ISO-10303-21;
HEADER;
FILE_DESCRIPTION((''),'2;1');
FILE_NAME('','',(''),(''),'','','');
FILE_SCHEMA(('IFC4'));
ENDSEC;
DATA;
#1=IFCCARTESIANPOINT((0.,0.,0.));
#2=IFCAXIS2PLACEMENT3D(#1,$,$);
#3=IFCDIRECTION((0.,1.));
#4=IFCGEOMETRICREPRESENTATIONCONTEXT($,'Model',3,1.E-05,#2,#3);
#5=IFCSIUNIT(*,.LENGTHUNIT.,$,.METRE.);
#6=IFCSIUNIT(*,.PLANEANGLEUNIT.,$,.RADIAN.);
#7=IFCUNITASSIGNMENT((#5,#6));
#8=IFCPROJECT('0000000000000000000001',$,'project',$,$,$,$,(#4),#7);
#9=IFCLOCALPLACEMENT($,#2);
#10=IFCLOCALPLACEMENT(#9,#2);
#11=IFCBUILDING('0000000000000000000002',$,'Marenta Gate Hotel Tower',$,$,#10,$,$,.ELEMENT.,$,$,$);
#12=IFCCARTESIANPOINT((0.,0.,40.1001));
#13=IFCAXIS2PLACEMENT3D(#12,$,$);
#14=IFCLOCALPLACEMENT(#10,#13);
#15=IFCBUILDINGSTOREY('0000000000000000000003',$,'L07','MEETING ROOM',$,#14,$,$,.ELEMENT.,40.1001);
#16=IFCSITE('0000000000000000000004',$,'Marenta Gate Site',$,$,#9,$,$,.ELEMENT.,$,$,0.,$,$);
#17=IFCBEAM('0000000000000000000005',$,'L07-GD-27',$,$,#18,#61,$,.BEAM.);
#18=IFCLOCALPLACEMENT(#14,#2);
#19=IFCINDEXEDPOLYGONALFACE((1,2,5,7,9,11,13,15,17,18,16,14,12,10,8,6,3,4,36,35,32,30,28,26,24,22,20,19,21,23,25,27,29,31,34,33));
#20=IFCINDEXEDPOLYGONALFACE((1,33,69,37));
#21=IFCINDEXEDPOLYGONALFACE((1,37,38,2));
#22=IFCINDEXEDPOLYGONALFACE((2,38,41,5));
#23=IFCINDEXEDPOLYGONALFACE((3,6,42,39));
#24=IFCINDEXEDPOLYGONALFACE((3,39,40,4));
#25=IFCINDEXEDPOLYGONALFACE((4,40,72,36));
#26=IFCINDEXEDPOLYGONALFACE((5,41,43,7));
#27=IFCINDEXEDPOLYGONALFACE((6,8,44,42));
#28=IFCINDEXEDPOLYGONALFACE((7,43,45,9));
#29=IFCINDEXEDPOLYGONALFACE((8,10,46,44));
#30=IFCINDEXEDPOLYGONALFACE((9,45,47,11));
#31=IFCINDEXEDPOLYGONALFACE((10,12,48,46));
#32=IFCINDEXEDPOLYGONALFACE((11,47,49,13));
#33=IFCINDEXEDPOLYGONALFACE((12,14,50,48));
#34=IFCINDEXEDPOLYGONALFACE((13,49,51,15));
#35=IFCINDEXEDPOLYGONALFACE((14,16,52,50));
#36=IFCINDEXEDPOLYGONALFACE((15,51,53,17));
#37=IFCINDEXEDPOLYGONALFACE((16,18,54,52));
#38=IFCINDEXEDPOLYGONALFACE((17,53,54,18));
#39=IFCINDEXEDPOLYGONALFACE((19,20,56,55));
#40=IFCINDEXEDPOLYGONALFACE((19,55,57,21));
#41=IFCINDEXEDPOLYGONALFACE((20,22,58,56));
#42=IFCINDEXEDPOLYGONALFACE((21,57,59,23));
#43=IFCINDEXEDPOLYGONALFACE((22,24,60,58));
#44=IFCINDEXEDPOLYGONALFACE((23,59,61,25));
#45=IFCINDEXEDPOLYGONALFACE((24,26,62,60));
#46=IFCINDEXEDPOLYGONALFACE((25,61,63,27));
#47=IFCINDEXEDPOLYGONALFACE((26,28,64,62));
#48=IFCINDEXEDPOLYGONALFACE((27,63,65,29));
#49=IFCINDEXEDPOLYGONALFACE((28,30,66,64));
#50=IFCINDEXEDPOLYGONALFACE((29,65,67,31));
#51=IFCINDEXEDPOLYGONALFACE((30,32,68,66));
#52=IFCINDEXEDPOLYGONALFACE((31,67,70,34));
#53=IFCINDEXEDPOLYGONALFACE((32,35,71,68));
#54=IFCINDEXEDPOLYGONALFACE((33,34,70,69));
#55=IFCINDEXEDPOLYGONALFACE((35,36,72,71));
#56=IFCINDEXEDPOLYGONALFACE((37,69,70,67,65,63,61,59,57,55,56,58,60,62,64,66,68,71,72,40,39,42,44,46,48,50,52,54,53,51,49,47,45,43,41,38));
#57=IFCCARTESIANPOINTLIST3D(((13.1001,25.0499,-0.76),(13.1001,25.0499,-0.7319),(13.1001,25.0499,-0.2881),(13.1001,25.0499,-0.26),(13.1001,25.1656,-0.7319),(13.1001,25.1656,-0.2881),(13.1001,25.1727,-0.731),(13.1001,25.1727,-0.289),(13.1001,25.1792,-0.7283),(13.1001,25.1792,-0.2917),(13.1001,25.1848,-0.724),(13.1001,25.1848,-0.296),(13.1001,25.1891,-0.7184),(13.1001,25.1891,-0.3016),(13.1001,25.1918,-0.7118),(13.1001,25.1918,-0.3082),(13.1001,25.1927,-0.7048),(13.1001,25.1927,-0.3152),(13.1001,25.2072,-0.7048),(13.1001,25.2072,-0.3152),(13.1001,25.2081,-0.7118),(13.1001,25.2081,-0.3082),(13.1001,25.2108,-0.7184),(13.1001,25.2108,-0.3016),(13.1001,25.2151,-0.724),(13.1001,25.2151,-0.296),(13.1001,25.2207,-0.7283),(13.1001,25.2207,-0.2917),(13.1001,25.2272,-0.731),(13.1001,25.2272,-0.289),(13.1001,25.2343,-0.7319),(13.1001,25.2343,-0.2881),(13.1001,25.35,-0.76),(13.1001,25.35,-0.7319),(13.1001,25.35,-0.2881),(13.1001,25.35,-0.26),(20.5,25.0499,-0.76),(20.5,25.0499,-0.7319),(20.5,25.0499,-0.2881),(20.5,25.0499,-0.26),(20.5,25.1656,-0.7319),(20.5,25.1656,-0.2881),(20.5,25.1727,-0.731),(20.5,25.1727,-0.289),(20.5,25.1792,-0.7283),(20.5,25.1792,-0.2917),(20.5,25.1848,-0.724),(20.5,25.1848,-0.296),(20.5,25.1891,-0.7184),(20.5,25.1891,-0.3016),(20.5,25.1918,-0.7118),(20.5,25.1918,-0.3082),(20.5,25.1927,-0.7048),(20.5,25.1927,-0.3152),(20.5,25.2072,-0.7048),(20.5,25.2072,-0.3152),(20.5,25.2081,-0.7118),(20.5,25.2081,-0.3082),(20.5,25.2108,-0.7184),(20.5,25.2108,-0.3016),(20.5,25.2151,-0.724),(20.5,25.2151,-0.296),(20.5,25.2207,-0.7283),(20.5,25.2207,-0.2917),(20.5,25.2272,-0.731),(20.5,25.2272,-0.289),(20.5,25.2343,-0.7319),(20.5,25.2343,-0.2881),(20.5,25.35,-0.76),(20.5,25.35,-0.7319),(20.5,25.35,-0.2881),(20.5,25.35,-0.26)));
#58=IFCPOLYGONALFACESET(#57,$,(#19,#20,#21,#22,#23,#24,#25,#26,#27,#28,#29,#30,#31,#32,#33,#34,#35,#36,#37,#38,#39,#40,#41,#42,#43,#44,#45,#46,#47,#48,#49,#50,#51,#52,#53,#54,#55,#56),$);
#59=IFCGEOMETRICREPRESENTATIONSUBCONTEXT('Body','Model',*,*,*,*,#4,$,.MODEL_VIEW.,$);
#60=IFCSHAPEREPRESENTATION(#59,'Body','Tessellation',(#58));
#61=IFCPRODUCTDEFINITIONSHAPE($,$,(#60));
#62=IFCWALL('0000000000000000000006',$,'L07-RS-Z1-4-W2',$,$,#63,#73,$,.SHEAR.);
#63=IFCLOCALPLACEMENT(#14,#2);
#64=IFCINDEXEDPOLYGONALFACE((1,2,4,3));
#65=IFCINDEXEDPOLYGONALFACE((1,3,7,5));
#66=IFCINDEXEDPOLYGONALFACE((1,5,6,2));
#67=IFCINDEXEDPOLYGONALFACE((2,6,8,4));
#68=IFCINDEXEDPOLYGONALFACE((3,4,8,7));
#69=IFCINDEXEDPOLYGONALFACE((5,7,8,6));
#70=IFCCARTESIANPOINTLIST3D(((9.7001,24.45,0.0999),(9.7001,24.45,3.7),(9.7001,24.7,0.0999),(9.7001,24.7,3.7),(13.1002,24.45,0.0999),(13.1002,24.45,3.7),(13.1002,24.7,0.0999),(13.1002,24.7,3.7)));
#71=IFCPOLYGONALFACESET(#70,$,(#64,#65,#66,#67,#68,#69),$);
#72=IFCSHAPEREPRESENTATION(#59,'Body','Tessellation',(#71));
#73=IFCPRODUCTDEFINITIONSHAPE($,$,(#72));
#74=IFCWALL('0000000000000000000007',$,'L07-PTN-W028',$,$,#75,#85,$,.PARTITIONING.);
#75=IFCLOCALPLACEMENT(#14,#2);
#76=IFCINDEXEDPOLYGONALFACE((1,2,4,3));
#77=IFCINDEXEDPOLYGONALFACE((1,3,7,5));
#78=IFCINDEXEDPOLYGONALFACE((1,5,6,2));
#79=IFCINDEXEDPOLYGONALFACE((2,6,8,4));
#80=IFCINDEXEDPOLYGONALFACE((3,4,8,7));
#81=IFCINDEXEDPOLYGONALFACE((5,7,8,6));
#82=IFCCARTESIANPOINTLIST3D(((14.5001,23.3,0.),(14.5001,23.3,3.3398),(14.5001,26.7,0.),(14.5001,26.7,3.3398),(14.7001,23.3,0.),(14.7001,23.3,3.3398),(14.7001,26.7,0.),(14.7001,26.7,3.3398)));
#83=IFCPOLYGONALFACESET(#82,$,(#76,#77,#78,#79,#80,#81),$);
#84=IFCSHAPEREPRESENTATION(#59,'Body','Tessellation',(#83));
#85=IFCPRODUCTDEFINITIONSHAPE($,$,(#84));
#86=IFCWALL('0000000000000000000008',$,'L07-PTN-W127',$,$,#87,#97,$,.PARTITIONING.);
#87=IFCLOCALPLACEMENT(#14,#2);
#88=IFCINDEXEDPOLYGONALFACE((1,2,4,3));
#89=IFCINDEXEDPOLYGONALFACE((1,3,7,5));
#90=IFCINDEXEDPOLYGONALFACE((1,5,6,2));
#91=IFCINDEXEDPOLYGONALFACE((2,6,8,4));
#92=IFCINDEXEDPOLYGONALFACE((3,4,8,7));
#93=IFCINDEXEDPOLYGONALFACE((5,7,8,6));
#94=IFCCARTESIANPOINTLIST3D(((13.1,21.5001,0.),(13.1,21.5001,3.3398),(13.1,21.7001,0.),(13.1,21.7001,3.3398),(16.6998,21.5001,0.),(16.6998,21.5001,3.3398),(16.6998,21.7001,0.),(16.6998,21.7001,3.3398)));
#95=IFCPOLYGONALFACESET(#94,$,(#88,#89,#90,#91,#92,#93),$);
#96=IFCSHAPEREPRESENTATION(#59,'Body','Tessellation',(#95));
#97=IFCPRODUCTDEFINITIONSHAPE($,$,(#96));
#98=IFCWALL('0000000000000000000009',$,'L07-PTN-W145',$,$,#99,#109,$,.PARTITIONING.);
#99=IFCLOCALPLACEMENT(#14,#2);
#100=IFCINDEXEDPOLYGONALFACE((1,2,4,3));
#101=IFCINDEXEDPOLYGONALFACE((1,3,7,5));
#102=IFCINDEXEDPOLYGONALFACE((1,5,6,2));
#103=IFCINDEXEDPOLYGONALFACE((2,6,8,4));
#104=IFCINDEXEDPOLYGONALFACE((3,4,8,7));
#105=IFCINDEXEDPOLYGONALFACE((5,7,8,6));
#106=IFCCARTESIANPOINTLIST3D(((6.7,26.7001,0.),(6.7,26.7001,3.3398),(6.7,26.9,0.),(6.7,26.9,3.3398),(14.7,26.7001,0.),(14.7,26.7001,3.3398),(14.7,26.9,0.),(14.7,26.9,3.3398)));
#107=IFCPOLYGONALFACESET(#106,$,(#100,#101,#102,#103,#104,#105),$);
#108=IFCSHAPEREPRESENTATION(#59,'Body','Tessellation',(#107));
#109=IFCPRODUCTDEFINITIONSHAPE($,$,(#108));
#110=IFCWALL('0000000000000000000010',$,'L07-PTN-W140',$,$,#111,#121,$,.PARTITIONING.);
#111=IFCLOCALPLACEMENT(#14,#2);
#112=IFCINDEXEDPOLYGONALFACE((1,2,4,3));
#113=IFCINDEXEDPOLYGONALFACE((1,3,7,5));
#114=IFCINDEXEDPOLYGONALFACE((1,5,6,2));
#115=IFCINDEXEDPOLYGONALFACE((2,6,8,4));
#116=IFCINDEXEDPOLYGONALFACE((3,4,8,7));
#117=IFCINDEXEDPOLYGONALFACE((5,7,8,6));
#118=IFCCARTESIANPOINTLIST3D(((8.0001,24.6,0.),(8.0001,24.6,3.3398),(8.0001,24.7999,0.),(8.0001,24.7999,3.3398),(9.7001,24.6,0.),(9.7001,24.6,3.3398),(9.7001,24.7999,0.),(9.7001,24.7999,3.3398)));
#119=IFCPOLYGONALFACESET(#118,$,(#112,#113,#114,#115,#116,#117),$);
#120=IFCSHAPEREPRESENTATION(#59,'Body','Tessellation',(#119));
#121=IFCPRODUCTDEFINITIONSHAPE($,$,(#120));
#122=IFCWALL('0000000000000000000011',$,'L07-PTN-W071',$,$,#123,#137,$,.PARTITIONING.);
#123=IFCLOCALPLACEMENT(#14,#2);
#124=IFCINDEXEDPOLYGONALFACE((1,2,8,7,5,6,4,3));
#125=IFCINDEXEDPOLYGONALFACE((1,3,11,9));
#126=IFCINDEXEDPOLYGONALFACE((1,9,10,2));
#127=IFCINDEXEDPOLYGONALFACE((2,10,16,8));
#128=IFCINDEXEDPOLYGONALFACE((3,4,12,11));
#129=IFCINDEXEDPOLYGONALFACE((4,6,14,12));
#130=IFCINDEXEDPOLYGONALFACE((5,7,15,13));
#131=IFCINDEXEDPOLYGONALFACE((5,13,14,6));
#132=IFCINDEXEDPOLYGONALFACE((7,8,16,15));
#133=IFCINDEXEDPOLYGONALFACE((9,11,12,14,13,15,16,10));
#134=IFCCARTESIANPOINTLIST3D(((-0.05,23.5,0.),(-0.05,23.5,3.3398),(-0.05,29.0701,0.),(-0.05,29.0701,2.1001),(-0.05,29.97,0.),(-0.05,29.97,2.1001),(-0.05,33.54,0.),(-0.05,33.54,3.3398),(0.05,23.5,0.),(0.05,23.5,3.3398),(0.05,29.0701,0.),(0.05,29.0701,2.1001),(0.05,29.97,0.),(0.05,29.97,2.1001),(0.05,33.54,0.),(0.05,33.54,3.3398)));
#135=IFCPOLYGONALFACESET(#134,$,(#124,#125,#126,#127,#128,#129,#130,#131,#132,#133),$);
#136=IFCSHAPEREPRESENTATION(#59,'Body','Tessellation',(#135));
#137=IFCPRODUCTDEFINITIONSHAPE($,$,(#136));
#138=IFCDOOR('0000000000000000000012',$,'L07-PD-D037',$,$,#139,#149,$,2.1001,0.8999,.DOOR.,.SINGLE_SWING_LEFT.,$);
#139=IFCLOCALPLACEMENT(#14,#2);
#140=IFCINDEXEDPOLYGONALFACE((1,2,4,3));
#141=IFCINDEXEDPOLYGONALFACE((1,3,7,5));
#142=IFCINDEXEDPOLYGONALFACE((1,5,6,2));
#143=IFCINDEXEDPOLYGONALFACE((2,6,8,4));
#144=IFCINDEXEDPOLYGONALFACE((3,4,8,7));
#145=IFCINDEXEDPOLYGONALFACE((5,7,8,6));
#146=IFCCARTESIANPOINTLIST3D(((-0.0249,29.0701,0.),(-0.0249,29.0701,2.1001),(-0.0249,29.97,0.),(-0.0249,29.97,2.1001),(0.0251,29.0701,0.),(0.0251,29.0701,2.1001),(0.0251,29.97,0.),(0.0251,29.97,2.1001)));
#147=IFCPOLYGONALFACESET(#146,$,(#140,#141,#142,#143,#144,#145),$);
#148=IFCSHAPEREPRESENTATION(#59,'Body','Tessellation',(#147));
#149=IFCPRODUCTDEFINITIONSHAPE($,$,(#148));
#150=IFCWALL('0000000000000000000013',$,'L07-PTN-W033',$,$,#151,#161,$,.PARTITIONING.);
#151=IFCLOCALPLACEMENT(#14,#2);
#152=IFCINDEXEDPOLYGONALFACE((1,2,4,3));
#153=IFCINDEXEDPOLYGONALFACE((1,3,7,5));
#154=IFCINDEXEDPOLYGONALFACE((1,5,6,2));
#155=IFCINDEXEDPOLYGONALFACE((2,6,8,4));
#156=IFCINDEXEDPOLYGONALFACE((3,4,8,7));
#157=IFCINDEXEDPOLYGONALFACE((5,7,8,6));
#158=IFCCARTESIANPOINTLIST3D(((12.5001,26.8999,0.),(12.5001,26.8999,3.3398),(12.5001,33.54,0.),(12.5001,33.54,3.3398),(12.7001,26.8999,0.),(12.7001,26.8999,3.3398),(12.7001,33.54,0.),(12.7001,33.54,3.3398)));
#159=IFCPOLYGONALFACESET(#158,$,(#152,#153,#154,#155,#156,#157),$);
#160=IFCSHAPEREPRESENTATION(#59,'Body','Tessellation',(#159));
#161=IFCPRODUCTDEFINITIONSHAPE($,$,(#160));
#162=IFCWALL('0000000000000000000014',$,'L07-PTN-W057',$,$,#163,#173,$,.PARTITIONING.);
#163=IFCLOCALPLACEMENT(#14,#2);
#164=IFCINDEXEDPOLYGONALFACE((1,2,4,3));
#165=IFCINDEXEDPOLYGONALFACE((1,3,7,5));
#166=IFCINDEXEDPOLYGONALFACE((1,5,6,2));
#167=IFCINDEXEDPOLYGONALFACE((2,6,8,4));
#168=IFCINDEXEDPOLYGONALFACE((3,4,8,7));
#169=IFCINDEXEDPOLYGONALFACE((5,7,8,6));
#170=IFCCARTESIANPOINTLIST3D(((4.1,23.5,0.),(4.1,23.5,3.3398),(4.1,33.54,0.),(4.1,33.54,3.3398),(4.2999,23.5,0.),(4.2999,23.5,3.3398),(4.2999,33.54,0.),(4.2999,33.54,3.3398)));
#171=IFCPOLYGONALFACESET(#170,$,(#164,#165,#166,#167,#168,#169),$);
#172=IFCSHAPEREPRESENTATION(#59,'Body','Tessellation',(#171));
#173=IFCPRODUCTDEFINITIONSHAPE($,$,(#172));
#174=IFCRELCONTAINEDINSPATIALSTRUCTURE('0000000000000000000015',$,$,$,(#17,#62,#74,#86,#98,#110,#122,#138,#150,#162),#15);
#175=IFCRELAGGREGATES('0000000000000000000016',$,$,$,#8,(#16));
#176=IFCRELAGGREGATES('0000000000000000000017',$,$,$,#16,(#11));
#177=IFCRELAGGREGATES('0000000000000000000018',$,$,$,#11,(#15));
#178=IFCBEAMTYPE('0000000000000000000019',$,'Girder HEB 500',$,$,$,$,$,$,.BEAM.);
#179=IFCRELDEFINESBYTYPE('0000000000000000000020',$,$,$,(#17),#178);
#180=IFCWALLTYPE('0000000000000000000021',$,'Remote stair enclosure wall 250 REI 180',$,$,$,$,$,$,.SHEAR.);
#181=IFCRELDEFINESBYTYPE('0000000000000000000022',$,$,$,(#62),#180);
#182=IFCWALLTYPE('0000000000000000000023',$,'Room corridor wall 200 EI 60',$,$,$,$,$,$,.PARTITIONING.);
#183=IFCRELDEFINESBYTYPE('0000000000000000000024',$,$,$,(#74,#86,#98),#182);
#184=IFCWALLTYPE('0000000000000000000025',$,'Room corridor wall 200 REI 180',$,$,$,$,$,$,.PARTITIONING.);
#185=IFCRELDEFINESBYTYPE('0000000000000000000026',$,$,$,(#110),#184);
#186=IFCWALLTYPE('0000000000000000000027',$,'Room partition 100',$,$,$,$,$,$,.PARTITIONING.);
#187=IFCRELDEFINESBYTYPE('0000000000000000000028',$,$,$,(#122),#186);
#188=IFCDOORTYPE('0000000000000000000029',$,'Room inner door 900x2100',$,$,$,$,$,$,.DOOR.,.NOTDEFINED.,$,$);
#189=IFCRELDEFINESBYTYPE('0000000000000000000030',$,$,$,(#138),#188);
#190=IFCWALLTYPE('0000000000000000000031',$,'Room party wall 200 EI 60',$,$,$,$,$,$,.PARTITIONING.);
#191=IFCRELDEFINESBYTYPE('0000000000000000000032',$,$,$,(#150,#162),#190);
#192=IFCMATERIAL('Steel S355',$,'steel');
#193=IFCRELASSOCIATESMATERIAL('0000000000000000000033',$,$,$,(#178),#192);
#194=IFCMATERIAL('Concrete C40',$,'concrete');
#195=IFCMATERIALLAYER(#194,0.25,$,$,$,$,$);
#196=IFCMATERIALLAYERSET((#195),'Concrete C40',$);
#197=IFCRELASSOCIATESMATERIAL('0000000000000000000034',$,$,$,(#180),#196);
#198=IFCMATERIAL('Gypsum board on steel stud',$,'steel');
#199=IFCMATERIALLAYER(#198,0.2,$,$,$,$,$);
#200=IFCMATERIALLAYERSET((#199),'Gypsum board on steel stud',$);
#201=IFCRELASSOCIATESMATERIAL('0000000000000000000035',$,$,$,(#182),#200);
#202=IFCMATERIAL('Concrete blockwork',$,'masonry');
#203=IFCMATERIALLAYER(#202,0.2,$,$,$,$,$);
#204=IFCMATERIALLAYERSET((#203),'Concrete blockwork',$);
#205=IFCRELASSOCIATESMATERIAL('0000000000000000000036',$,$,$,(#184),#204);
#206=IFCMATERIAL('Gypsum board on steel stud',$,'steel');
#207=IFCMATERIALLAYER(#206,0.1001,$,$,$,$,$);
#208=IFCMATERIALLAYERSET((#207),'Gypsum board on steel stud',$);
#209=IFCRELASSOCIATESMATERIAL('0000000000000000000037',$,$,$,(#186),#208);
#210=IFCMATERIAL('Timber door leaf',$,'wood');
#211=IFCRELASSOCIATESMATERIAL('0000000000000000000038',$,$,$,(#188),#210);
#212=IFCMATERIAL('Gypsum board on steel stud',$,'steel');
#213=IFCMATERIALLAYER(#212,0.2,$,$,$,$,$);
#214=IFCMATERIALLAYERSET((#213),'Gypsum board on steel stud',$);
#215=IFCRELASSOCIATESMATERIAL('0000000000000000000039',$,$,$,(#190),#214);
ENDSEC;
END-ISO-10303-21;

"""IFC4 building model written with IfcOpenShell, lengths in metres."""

from ifc_helpers import new_model, si_unit, direction, frame, frame_2d, origin, origin_2d, place, context, subcontext, project, spatial, rectangle, i_section, extrude, material, layer, layer_set, material_profile, profile_set, type_object, element, fill, save


model = new_model("IFC4")

# Units and contexts
model_context = context("Model", 3, precision=1e-05, world=origin(), true_north=direction((0.0, 1.0)))
body_context = subcontext(model_context, "Body", "Model", "MODEL_VIEW")
ifc_project = project(units=[si_unit("LENGTHUNIT", "METRE"), si_unit("PLANEANGLEUNIT", "RADIAN")], contexts=[model_context])

# Site, building, storey
site_placement = place(None, origin())
site = spatial("IfcSite", under=ifc_project, at=site_placement, Name="Marenta Gate Site", CompositionType="ELEMENT", RefElevation=0.0)
building_placement = place(site_placement, origin())
building = spatial("IfcBuilding", under=site, at=building_placement, Name="Marenta Gate Hotel Tower", CompositionType="ELEMENT")
storey_placement = place(building_placement, frame((0.0, 0.0, 40.1001)))
storey = spatial("IfcBuildingStorey", under=building, at=storey_placement, Name="L07", Description="MEETING ROOM", CompositionType="ELEMENT", Elevation=40.1001)

# Beam
ifc_material_1 = material(Name="Steel S355", Category="steel")
ifc_material_profile_1 = material_profile(ifc_material_1, i_section(OverallWidth=0.3, OverallDepth=0.5, WebThickness=0.0144, FlangeThickness=0.0281, FilletRadius=0.0271, at=origin_2d()), Name="HEB 500")
ifc_profile_set_1 = profile_set([ifc_material_profile_1], Name="Steel S355")
beam_type_1 = type_object("IfcBeamType", Name="Girder HEB 500", PredefinedType="BEAM", material=ifc_profile_set_1)
beam_1_placement = place(storey_placement, frame((13.1001, 25.2, -0.51), z_axis=(1.0, 0.0, 0.0), x_axis=(0.0, 1.0, 0.0)))
element("IfcBeam", 1, at=beam_1_placement, inside=storey, type_object=beam_type_1, Name="L07-GD-27", PredefinedType="BEAM", context=body_context, shape_type="SweptSolid", body=[
    extrude(i_section(OverallWidth=0.3, OverallDepth=0.5, WebThickness=0.0144, FlangeThickness=0.0281, FilletRadius=0.0271, at=origin_2d()), origin(), (0.0, 0.0, 1.0), 7.3999),
])

# Walls
ifc_material_2 = material(Name="Concrete C40", Category="concrete")
ifc_layer_1 = layer(ifc_material_2, 0.25)
ifc_layer_set_1 = layer_set([ifc_layer_1], Name="Concrete C40")
wall_type_1 = type_object("IfcWallType", Name="Remote stair enclosure wall 250 REI 180", PredefinedType="SHEAR", material=ifc_layer_set_1)
wall_1_placement = place(storey_placement, frame((9.7, 24.575, 0.0999), z_axis=(0.0, 0.0, 1.0), x_axis=(1.0, 0.0, 0.0)))
element("IfcWall", 2, at=wall_1_placement, inside=storey, type_object=wall_type_1, Name="L07-RS-Z1-4-W2", PredefinedType="SHEAR", context=body_context, shape_type="SweptSolid", body=[
    extrude(rectangle(XDim=3.4001, YDim=0.25, at=frame_2d((1.7002, 0.0))), origin(), (0.0, 0.0, 1.0), 3.6001),
])
ifc_material_3 = material(Name="Gypsum board on steel stud", Category="steel")
ifc_layer_2 = layer(ifc_material_3, 0.2)
ifc_layer_set_2 = layer_set([ifc_layer_2], Name="Gypsum board on steel stud")
wall_type_2 = type_object("IfcWallType", Name="Room corridor wall 200 EI 60", PredefinedType="PARTITIONING", material=ifc_layer_set_2)
wall_2_placement = place(storey_placement, frame((14.6001, 23.3, 0.0), z_axis=(0.0, 0.0, 1.0), x_axis=(0.0, 1.0, 0.0)))
element("IfcWall", 3, at=wall_2_placement, inside=storey, type_object=wall_type_2, Name="L07-PTN-W028", PredefinedType="PARTITIONING", context=body_context, shape_type="SweptSolid", body=[
    extrude(rectangle(XDim=3.3999, YDim=0.2, at=frame_2d((1.7, 0.0))), origin(), (0.0, 0.0, 1.0), 3.3398),
])

# Walls
wall_3_placement = place(storey_placement, frame((13.1001, 21.6001, 0.0), z_axis=(0.0, 0.0, 1.0), x_axis=(1.0, 0.0, 0.0)))
element("IfcWall", 4, at=wall_3_placement, inside=storey, type_object=wall_type_2, Name="L07-PTN-W127", PredefinedType="PARTITIONING", context=body_context, shape_type="SweptSolid", body=[
    extrude(rectangle(XDim=3.5999, YDim=0.2, at=frame_2d((1.7998, 0.0))), origin(), (0.0, 0.0, 1.0), 3.3398),
])
wall_4_placement = place(storey_placement, frame((6.7, 26.8, 0.0), z_axis=(0.0, 0.0, 1.0), x_axis=(1.0, 0.0, 0.0)))
element("IfcWall", 5, at=wall_4_placement, inside=storey, type_object=wall_type_2, Name="L07-PTN-W145", PredefinedType="PARTITIONING", context=body_context, shape_type="SweptSolid", body=[
    extrude(rectangle(XDim=8.0, YDim=0.2, at=frame_2d((4.0, 0.0))), origin(), (0.0, 0.0, 1.0), 3.3398),
])

# Shared definitions
ifc_material_4 = material(Name="Concrete blockwork", Category="masonry")
ifc_layer_3 = layer(ifc_material_4, 0.2)
ifc_layer_set_3 = layer_set([ifc_layer_3], Name="Concrete blockwork")
wall_type_3 = type_object("IfcWallType", Name="Room corridor wall 200 REI 180", PredefinedType="PARTITIONING", material=ifc_layer_set_3)

# Wall
wall_5_placement = place(storey_placement, frame((8.0, 24.7, 0.0), z_axis=(0.0, 0.0, 1.0), x_axis=(1.0, 0.0, 0.0)))
element("IfcWall", 6, at=wall_5_placement, inside=storey, type_object=wall_type_3, Name="L07-PTN-W140", PredefinedType="PARTITIONING", context=body_context, shape_type="SweptSolid", body=[
    extrude(rectangle(XDim=1.7, YDim=0.2, at=frame_2d((0.8501, 0.0))), origin(), (0.0, 0.0, 1.0), 3.3398),
])

# Wall, opening, door
ifc_material_5 = material(Name="Gypsum board on steel stud", Category="steel")
ifc_layer_4 = layer(ifc_material_5, 0.1001)
ifc_layer_set_4 = layer_set([ifc_layer_4], Name="Gypsum board on steel stud")
wall_type_4 = type_object("IfcWallType", Name="Room partition 100", PredefinedType="PARTITIONING", material=ifc_layer_set_4)
wall_6_placement = place(storey_placement, frame((0.0, 23.5, 0.0), z_axis=(0.0, 0.0, 1.0), x_axis=(0.0, 1.0, 0.0)))
wall_6 = element("IfcWall", 7, at=wall_6_placement, inside=storey, type_object=wall_type_4, Name="L07-PTN-W071", PredefinedType="PARTITIONING", context=body_context, shape_type="SweptSolid", body=[
    extrude(rectangle(XDim=10.04, YDim=0.1001, at=frame_2d((5.02, 0.0))), origin(), (0.0, 0.0, 1.0), 3.3398),
])
opening_1_placement = place(wall_6_placement, frame((5.5701, 0.0, 0.0)))
opening_1 = element("IfcOpeningElement", 8, at=opening_1_placement, cuts=wall_6, PredefinedType="OPENING", context=body_context, shape_type="SweptSolid", body=[
    extrude(rectangle(XDim=0.8999, YDim=2.1001, at=frame_2d((0.45, 1.05))), frame((0.0, 0.05, 0.0), z_axis=(0.0, -1.0, 0.0), x_axis=(1.0, 0.0, 0.0)), (0.0, 0.0, 1.0), 0.1001),
])
ifc_material_6 = material(Name="Timber door leaf", Category="wood")
door_type_1 = type_object("IfcDoorType", Name="Room inner door 900x2100", OperationType="NOTDEFINED", PredefinedType="DOOR", material=ifc_material_6)
door_1_placement = place(opening_1_placement, origin())
door_1 = element("IfcDoor", 9, at=door_1_placement, inside=storey, type_object=door_type_1, Name="L07-PD-D037", OperationType="SINGLE_SWING_LEFT", OverallHeight=2.1001, OverallWidth=0.8999, PredefinedType="DOOR", context=body_context, shape_type="SweptSolid", body=[
    extrude(rectangle(XDim=0.8999, YDim=2.1001, at=frame_2d((0.45, 1.05))), frame((0.0, 0.0249, 0.0), z_axis=(0.0, -1.0, 0.0), x_axis=(1.0, 0.0, 0.0)), (0.0, 0.0, 1.0), 0.05),
])
fill(opening_1, door_1)

# Walls
ifc_material_7 = material(Name="Gypsum board on steel stud", Category="steel")
ifc_layer_5 = layer(ifc_material_7, 0.2)
ifc_layer_set_5 = layer_set([ifc_layer_5], Name="Gypsum board on steel stud")
wall_type_5 = type_object("IfcWallType", Name="Room party wall 200 EI 60", PredefinedType="PARTITIONING", material=ifc_layer_set_5)
wall_7_placement = place(storey_placement, frame((12.6001, 26.8999, 0.0), z_axis=(0.0, 0.0, 1.0), x_axis=(0.0, 1.0, 0.0)))
element("IfcWall", 10, at=wall_7_placement, inside=storey, type_object=wall_type_5, Name="L07-PTN-W033", PredefinedType="PARTITIONING", context=body_context, shape_type="SweptSolid", body=[
    extrude(rectangle(XDim=6.6401, YDim=0.2, at=frame_2d((3.3201, 0.0))), origin(), (0.0, 0.0, 1.0), 3.3398),
])
wall_8_placement = place(storey_placement, frame((4.2, 23.5, 0.0), z_axis=(0.0, 0.0, 1.0), x_axis=(0.0, 1.0, 0.0)))
element("IfcWall", 11, at=wall_8_placement, inside=storey, type_object=wall_type_5, Name="L07-PTN-W057", PredefinedType="PARTITIONING", context=body_context, shape_type="SweptSolid", body=[
    extrude(rectangle(XDim=10.04, YDim=0.2, at=frame_2d((5.02, 0.0))), origin(), (0.0, 0.0, 1.0), 3.3398),
])

save(model, "model.ifc")
